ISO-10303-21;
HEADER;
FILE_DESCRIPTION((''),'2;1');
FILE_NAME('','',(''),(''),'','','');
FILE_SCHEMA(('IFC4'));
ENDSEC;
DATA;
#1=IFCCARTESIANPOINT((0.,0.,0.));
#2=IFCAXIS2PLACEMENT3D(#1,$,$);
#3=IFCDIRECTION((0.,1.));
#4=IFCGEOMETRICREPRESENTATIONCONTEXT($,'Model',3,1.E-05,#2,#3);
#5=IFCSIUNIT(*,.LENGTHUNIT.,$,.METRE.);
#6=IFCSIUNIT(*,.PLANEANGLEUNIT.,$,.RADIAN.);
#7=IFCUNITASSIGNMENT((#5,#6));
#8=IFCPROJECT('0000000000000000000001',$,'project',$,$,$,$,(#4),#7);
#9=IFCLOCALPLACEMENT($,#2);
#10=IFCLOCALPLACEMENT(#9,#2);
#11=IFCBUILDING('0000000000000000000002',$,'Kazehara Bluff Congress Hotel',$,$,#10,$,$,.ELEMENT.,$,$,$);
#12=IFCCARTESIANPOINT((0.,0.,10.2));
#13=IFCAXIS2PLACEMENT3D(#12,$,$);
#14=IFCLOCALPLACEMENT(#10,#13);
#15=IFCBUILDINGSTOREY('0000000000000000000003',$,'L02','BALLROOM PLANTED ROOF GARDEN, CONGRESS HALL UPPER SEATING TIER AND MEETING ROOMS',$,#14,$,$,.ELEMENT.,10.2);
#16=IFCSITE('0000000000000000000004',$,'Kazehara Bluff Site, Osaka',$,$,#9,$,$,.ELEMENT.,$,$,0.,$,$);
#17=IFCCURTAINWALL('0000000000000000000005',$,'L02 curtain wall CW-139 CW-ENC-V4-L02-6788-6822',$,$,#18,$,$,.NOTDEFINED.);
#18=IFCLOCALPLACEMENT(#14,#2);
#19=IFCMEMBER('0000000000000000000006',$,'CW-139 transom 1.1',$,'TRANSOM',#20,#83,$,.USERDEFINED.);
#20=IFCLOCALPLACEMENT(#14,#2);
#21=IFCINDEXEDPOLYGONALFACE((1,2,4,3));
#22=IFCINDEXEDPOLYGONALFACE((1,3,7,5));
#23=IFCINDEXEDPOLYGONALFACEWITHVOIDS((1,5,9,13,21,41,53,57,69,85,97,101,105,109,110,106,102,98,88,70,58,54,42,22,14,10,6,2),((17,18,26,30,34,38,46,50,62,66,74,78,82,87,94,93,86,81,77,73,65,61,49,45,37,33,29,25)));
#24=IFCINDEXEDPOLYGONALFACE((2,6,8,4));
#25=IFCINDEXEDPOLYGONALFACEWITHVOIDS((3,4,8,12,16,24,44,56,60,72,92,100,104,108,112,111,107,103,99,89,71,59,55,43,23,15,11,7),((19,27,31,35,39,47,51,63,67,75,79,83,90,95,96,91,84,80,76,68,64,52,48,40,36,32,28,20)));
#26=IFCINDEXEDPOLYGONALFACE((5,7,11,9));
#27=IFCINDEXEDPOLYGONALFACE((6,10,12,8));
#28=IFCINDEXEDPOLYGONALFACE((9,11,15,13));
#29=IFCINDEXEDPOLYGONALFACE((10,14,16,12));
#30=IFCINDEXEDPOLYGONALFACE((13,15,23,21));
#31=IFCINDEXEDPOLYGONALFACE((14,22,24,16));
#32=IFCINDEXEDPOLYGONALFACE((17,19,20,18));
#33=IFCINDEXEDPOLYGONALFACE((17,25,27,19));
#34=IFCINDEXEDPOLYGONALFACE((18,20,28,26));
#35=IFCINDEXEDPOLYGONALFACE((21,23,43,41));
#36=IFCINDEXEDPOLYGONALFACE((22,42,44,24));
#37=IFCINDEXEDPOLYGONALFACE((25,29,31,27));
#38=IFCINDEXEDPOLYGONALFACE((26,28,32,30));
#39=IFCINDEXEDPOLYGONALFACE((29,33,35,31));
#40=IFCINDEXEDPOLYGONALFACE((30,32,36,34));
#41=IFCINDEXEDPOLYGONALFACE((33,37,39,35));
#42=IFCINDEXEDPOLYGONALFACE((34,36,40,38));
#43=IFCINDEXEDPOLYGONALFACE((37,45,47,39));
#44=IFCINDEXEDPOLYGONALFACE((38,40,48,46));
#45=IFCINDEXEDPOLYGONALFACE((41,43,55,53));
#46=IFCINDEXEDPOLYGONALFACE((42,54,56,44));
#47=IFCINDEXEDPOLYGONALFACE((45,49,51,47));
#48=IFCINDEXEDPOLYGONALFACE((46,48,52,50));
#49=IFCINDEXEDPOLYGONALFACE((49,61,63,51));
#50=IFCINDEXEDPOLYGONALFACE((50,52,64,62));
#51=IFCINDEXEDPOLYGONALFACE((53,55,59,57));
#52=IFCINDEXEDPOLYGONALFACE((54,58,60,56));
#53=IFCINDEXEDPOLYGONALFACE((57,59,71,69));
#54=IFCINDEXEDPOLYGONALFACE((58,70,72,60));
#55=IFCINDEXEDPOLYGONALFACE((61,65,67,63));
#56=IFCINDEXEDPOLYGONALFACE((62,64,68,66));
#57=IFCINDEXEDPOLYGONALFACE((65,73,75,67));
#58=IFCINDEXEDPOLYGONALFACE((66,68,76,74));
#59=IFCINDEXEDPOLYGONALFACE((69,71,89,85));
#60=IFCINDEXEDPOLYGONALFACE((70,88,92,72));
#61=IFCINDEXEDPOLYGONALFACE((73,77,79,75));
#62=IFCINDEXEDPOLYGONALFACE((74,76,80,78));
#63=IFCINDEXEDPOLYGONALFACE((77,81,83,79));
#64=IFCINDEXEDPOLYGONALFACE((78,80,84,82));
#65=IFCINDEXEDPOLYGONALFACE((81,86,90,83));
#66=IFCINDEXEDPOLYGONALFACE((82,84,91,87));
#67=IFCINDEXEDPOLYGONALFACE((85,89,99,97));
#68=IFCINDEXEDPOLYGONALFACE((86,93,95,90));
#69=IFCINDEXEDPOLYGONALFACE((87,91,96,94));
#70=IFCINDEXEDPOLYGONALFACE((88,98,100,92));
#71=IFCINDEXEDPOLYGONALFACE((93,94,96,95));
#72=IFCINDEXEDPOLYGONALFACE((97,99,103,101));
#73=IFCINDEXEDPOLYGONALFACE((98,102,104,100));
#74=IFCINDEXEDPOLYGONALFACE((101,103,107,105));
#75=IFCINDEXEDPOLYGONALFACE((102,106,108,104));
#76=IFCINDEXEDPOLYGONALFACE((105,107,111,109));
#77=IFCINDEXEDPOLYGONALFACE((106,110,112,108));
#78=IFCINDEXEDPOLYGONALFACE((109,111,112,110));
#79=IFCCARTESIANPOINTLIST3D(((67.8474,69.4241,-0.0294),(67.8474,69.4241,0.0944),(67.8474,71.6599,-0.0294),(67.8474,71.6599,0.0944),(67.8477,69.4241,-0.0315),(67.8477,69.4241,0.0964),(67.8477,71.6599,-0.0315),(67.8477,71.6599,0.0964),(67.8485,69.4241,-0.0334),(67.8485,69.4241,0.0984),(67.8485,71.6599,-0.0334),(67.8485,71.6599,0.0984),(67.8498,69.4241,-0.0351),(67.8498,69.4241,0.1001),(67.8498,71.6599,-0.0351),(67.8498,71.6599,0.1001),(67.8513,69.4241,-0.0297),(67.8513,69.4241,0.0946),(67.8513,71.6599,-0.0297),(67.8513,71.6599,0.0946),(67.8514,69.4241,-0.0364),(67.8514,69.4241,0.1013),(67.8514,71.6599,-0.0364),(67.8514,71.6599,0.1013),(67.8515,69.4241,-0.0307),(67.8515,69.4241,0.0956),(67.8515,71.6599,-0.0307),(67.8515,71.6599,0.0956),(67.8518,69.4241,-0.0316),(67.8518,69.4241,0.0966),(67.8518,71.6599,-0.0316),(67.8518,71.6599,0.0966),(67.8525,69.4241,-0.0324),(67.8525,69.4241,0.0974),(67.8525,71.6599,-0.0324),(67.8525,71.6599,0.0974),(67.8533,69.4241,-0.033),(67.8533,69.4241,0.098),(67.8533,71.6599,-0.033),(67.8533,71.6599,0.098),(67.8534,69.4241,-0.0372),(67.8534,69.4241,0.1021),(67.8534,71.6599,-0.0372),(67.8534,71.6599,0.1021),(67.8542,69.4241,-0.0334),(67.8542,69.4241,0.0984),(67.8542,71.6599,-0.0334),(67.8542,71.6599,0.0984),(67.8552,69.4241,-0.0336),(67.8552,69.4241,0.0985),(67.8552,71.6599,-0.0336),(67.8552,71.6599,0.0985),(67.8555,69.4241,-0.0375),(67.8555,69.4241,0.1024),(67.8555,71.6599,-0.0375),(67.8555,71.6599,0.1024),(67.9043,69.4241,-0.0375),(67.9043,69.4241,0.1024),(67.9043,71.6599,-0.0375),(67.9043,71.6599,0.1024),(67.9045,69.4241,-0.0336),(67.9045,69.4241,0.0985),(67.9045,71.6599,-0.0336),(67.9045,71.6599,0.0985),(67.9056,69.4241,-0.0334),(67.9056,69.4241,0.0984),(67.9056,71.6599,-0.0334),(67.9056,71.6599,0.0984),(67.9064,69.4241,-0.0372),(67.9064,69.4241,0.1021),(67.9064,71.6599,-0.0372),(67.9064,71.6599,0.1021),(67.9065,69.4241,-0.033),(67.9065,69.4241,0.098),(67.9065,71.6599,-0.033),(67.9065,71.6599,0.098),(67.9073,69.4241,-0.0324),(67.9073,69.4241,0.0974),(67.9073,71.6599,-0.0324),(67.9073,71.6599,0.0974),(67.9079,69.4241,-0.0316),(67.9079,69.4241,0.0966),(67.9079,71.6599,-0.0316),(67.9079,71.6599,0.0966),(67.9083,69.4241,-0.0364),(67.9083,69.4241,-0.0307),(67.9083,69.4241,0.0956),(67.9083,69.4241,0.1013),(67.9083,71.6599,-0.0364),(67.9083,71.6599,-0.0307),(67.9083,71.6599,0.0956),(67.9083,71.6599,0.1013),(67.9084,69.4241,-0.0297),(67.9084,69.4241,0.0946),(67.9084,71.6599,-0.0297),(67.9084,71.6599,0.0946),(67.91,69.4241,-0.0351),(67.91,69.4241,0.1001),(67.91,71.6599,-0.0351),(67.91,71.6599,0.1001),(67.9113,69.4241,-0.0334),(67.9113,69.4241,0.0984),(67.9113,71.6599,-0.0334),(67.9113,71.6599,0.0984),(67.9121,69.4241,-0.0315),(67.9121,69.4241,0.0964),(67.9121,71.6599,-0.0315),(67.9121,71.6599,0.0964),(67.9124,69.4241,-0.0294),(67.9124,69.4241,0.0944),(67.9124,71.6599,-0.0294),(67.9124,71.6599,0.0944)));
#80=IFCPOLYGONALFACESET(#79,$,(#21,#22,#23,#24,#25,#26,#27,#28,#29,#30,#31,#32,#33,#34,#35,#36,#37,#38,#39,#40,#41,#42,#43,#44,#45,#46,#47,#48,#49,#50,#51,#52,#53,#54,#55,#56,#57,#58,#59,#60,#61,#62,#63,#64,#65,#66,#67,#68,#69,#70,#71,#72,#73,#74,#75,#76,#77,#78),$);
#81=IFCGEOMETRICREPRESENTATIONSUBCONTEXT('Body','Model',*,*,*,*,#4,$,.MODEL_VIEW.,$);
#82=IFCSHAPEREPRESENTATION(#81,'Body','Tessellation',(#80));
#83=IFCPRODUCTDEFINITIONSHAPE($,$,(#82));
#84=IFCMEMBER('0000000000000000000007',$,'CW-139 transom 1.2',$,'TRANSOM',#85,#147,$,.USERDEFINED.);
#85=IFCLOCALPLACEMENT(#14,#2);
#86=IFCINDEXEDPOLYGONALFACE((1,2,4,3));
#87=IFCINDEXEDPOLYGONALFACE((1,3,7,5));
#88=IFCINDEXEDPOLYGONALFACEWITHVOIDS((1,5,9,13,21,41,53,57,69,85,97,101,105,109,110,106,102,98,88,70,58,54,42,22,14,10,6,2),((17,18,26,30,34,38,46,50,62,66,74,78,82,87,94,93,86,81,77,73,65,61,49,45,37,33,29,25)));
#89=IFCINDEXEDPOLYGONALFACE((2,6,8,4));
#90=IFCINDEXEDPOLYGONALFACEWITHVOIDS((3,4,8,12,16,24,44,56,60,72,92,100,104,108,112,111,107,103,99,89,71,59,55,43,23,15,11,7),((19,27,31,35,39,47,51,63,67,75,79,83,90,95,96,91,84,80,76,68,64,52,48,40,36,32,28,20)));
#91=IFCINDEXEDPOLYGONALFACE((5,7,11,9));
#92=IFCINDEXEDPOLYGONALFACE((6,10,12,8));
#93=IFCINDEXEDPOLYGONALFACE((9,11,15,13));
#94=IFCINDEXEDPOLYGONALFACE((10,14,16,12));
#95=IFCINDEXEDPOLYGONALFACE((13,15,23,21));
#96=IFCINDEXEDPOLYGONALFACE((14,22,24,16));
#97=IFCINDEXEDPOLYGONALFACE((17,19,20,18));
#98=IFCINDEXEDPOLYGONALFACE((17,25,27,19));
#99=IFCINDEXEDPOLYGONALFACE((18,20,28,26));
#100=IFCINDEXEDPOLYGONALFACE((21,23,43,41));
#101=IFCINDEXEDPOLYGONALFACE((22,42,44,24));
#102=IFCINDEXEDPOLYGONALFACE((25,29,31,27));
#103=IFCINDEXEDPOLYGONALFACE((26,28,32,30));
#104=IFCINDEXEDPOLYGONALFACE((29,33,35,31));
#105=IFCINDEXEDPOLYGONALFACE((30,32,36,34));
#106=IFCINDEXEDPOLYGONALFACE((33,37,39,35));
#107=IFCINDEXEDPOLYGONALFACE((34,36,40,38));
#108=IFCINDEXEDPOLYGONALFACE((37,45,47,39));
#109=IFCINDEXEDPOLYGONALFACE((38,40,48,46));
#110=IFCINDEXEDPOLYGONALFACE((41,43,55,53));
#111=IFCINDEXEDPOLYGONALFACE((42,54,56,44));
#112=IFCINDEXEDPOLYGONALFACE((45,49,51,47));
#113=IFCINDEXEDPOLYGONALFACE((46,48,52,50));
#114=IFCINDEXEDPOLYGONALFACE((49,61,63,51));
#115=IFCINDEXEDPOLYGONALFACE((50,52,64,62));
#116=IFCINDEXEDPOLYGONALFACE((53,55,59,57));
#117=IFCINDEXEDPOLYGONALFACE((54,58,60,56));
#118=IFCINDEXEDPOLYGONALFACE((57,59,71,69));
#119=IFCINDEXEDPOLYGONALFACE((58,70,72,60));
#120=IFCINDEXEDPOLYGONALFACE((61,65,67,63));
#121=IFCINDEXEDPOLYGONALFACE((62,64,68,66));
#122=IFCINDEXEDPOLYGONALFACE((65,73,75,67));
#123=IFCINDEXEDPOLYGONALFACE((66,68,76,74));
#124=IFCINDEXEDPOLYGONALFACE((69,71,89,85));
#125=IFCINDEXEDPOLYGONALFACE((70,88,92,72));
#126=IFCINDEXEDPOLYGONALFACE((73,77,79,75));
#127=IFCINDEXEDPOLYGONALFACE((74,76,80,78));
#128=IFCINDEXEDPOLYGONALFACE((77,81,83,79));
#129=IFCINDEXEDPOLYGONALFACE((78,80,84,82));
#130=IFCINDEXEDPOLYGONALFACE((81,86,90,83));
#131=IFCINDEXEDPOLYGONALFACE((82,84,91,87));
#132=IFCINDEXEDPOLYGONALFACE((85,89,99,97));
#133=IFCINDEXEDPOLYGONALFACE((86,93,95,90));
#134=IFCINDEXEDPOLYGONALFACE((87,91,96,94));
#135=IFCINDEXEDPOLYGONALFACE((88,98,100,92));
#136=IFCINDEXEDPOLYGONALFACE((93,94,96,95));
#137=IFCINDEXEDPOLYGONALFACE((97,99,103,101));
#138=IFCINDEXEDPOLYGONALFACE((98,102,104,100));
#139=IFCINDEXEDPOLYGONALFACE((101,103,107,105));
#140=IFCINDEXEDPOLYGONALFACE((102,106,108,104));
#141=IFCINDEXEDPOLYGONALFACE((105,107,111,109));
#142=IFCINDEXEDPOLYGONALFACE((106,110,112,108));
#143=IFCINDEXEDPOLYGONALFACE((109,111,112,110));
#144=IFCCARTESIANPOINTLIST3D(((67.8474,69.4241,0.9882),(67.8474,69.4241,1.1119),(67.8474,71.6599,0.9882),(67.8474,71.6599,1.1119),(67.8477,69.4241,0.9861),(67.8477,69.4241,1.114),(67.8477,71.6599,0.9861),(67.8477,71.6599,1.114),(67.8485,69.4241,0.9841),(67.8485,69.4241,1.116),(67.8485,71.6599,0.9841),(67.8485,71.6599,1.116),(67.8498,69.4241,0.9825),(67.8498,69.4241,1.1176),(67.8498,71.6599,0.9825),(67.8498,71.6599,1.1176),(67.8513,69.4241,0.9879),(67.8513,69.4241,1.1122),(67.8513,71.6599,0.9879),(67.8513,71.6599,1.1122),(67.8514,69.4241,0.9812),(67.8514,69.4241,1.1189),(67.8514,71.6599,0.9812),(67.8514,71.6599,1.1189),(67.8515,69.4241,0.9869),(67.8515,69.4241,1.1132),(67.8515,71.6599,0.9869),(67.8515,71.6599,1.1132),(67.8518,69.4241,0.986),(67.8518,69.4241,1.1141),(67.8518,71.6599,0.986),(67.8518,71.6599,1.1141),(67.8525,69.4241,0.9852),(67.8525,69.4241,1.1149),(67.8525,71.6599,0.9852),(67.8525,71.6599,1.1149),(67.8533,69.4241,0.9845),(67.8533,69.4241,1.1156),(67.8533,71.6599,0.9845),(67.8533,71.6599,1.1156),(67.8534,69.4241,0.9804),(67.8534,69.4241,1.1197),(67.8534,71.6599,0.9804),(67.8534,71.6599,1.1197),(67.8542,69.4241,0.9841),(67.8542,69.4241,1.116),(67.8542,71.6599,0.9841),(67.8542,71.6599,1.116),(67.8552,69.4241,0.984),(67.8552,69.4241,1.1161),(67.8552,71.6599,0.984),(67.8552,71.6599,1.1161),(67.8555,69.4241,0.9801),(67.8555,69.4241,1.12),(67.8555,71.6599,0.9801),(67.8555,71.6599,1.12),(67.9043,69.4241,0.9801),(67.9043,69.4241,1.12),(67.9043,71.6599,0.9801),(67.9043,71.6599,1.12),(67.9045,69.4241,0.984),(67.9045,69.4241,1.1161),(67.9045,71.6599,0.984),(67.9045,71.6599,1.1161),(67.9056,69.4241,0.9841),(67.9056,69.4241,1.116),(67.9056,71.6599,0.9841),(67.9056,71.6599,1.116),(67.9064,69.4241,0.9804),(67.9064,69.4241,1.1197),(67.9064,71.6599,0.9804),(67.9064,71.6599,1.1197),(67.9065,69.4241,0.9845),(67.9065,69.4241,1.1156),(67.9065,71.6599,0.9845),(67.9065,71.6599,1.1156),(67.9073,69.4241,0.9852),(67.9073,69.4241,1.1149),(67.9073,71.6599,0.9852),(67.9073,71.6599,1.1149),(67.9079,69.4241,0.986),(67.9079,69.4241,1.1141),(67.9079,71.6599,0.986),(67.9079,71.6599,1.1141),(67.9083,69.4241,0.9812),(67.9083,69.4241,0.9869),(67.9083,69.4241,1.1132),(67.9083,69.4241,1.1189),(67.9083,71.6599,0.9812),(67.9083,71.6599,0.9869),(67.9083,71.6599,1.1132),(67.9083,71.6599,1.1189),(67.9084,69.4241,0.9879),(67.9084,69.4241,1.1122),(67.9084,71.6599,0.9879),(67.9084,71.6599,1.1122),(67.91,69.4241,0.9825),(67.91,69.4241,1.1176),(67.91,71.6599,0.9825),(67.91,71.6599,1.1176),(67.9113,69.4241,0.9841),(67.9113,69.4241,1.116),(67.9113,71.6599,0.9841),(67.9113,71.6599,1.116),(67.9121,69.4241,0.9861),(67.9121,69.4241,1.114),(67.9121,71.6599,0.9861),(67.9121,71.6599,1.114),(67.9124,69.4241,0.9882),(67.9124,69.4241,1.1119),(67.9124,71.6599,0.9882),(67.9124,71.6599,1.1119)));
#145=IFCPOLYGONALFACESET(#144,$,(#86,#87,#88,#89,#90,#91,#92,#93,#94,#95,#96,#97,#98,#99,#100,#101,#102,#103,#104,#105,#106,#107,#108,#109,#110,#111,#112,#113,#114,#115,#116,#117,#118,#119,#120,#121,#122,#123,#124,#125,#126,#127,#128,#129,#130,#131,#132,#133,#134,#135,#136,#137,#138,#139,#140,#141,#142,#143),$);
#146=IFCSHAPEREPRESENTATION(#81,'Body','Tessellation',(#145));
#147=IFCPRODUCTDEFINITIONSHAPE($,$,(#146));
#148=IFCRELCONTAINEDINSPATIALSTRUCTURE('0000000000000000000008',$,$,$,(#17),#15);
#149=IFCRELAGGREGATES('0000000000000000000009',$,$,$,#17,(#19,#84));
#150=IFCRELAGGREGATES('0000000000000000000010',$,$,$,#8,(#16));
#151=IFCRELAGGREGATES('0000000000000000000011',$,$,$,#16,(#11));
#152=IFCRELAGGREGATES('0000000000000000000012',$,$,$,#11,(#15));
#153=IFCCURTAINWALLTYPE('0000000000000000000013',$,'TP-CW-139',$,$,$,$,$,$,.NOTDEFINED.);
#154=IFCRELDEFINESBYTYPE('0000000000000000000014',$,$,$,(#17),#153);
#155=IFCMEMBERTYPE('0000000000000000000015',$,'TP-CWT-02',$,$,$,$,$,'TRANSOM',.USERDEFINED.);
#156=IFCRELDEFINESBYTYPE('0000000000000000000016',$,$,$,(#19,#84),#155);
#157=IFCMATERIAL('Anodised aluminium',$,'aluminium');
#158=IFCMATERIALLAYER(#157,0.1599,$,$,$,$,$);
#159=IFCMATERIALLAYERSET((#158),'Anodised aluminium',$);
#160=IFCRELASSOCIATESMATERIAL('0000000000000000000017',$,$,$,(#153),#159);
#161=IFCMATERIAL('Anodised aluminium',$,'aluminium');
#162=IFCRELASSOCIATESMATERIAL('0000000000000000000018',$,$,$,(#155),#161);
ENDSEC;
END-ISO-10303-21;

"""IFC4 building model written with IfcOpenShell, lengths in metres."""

from ifc_helpers import new_model, si_unit, direction, frame, origin, origin_2d, place, context, subcontext, project, spatial, hollow_rectangle, extrude, material, layer, layer_set, material_profile, profile_set, type_object, element, aggregate, save


model = new_model("IFC4")

# Units and contexts
model_context = context("Model", 3, precision=1e-05, world=origin(), true_north=direction((0.0, 1.0)))
body_context = subcontext(model_context, "Body", "Model", "MODEL_VIEW")
ifc_project = project(units=[si_unit("LENGTHUNIT", "METRE"), si_unit("PLANEANGLEUNIT", "RADIAN")], contexts=[model_context])

# Site, building, storey
site_placement = place(None, origin())
site = spatial("IfcSite", under=ifc_project, at=site_placement, Name="Kazehara Bluff Site, Osaka", CompositionType="ELEMENT", RefElevation=0.0)
building_placement = place(site_placement, origin())
building = spatial("IfcBuilding", under=site, at=building_placement, Name="Kazehara Bluff Congress Hotel", CompositionType="ELEMENT")
storey_placement = place(building_placement, frame((0.0, 0.0, 10.2)))
storey = spatial("IfcBuildingStorey", under=building, at=storey_placement, Name="L02", Description="BALLROOM PLANTED ROOF GARDEN, CONGRESS HALL UPPER SEATING TIER AND MEETING ROOMS", CompositionType="ELEMENT", Elevation=10.2)

# Curtain wall, members
ifc_material_1 = material(Name="Anodised aluminium", Category="aluminium")
ifc_layer_1 = layer(ifc_material_1, 0.1599)
ifc_layer_set_1 = layer_set([ifc_layer_1], Name="Anodised aluminium")
curtain_wall_type = type_object("IfcCurtainWallType", Name="TP-CW-139", PredefinedType="NOTDEFINED", material=ifc_layer_set_1)
curtain_wall_placement = place(storey_placement, origin())
curtain_wall = element("IfcCurtainWall", 1, at=curtain_wall_placement, inside=storey, type_object=curtain_wall_type, Name="L02 curtain wall CW-139 CW-ENC-V4-L02-6788-6822", PredefinedType="NOTDEFINED")
ifc_material_2 = material(Name="Anodised aluminium", Category="aluminium")
ifc_material_profile_1 = material_profile(ifc_material_2, hollow_rectangle(XDim=0.0649, YDim=0.1399, WallThickness=0.0039, InnerFilletRadius=0.0039, OuterFilletRadius=0.0081, at=origin_2d()))
ifc_profile_set_1 = profile_set([ifc_material_profile_1], Name="Anodised aluminium")
member_type_1 = type_object("IfcMemberType", Name="TP-CWT-02", ElementType="TRANSOM", PredefinedType="USERDEFINED", material=ifc_profile_set_1)
member_1_placement = place(storey_placement, frame((67.8799, 71.6599, 0.0325), z_axis=(0.0, -1.0, 0.0), x_axis=(1.0, 0.0, 0.0)))
member_1 = element("IfcMember", 2, at=member_1_placement, type_object=member_type_1, Name="CW-139 transom 1.1", ObjectType="TRANSOM", PredefinedType="USERDEFINED", context=body_context, shape_type="SweptSolid", body=[
    extrude(hollow_rectangle(XDim=0.0649, YDim=0.1399, WallThickness=0.0039, InnerFilletRadius=0.0039, OuterFilletRadius=0.0081, at=origin_2d()), origin(), (0.0, 0.0, 1.0), 2.2358),
])
member_2_placement = place(storey_placement, frame((67.8799, 71.6599, 1.05), z_axis=(0.0, -1.0, 0.0), x_axis=(1.0, 0.0, 0.0)))
member_2 = element("IfcMember", 3, at=member_2_placement, type_object=member_type_1, Name="CW-139 transom 1.2", ObjectType="TRANSOM", PredefinedType="USERDEFINED", context=body_context, shape_type="SweptSolid", body=[
    extrude(hollow_rectangle(XDim=0.0649, YDim=0.1399, WallThickness=0.0039, InnerFilletRadius=0.0039, OuterFilletRadius=0.0081, at=origin_2d()), origin(), (0.0, 0.0, 1.0), 2.2358),
])
aggregate(curtain_wall, [member_1, member_2])

save(model, "model.ifc")
